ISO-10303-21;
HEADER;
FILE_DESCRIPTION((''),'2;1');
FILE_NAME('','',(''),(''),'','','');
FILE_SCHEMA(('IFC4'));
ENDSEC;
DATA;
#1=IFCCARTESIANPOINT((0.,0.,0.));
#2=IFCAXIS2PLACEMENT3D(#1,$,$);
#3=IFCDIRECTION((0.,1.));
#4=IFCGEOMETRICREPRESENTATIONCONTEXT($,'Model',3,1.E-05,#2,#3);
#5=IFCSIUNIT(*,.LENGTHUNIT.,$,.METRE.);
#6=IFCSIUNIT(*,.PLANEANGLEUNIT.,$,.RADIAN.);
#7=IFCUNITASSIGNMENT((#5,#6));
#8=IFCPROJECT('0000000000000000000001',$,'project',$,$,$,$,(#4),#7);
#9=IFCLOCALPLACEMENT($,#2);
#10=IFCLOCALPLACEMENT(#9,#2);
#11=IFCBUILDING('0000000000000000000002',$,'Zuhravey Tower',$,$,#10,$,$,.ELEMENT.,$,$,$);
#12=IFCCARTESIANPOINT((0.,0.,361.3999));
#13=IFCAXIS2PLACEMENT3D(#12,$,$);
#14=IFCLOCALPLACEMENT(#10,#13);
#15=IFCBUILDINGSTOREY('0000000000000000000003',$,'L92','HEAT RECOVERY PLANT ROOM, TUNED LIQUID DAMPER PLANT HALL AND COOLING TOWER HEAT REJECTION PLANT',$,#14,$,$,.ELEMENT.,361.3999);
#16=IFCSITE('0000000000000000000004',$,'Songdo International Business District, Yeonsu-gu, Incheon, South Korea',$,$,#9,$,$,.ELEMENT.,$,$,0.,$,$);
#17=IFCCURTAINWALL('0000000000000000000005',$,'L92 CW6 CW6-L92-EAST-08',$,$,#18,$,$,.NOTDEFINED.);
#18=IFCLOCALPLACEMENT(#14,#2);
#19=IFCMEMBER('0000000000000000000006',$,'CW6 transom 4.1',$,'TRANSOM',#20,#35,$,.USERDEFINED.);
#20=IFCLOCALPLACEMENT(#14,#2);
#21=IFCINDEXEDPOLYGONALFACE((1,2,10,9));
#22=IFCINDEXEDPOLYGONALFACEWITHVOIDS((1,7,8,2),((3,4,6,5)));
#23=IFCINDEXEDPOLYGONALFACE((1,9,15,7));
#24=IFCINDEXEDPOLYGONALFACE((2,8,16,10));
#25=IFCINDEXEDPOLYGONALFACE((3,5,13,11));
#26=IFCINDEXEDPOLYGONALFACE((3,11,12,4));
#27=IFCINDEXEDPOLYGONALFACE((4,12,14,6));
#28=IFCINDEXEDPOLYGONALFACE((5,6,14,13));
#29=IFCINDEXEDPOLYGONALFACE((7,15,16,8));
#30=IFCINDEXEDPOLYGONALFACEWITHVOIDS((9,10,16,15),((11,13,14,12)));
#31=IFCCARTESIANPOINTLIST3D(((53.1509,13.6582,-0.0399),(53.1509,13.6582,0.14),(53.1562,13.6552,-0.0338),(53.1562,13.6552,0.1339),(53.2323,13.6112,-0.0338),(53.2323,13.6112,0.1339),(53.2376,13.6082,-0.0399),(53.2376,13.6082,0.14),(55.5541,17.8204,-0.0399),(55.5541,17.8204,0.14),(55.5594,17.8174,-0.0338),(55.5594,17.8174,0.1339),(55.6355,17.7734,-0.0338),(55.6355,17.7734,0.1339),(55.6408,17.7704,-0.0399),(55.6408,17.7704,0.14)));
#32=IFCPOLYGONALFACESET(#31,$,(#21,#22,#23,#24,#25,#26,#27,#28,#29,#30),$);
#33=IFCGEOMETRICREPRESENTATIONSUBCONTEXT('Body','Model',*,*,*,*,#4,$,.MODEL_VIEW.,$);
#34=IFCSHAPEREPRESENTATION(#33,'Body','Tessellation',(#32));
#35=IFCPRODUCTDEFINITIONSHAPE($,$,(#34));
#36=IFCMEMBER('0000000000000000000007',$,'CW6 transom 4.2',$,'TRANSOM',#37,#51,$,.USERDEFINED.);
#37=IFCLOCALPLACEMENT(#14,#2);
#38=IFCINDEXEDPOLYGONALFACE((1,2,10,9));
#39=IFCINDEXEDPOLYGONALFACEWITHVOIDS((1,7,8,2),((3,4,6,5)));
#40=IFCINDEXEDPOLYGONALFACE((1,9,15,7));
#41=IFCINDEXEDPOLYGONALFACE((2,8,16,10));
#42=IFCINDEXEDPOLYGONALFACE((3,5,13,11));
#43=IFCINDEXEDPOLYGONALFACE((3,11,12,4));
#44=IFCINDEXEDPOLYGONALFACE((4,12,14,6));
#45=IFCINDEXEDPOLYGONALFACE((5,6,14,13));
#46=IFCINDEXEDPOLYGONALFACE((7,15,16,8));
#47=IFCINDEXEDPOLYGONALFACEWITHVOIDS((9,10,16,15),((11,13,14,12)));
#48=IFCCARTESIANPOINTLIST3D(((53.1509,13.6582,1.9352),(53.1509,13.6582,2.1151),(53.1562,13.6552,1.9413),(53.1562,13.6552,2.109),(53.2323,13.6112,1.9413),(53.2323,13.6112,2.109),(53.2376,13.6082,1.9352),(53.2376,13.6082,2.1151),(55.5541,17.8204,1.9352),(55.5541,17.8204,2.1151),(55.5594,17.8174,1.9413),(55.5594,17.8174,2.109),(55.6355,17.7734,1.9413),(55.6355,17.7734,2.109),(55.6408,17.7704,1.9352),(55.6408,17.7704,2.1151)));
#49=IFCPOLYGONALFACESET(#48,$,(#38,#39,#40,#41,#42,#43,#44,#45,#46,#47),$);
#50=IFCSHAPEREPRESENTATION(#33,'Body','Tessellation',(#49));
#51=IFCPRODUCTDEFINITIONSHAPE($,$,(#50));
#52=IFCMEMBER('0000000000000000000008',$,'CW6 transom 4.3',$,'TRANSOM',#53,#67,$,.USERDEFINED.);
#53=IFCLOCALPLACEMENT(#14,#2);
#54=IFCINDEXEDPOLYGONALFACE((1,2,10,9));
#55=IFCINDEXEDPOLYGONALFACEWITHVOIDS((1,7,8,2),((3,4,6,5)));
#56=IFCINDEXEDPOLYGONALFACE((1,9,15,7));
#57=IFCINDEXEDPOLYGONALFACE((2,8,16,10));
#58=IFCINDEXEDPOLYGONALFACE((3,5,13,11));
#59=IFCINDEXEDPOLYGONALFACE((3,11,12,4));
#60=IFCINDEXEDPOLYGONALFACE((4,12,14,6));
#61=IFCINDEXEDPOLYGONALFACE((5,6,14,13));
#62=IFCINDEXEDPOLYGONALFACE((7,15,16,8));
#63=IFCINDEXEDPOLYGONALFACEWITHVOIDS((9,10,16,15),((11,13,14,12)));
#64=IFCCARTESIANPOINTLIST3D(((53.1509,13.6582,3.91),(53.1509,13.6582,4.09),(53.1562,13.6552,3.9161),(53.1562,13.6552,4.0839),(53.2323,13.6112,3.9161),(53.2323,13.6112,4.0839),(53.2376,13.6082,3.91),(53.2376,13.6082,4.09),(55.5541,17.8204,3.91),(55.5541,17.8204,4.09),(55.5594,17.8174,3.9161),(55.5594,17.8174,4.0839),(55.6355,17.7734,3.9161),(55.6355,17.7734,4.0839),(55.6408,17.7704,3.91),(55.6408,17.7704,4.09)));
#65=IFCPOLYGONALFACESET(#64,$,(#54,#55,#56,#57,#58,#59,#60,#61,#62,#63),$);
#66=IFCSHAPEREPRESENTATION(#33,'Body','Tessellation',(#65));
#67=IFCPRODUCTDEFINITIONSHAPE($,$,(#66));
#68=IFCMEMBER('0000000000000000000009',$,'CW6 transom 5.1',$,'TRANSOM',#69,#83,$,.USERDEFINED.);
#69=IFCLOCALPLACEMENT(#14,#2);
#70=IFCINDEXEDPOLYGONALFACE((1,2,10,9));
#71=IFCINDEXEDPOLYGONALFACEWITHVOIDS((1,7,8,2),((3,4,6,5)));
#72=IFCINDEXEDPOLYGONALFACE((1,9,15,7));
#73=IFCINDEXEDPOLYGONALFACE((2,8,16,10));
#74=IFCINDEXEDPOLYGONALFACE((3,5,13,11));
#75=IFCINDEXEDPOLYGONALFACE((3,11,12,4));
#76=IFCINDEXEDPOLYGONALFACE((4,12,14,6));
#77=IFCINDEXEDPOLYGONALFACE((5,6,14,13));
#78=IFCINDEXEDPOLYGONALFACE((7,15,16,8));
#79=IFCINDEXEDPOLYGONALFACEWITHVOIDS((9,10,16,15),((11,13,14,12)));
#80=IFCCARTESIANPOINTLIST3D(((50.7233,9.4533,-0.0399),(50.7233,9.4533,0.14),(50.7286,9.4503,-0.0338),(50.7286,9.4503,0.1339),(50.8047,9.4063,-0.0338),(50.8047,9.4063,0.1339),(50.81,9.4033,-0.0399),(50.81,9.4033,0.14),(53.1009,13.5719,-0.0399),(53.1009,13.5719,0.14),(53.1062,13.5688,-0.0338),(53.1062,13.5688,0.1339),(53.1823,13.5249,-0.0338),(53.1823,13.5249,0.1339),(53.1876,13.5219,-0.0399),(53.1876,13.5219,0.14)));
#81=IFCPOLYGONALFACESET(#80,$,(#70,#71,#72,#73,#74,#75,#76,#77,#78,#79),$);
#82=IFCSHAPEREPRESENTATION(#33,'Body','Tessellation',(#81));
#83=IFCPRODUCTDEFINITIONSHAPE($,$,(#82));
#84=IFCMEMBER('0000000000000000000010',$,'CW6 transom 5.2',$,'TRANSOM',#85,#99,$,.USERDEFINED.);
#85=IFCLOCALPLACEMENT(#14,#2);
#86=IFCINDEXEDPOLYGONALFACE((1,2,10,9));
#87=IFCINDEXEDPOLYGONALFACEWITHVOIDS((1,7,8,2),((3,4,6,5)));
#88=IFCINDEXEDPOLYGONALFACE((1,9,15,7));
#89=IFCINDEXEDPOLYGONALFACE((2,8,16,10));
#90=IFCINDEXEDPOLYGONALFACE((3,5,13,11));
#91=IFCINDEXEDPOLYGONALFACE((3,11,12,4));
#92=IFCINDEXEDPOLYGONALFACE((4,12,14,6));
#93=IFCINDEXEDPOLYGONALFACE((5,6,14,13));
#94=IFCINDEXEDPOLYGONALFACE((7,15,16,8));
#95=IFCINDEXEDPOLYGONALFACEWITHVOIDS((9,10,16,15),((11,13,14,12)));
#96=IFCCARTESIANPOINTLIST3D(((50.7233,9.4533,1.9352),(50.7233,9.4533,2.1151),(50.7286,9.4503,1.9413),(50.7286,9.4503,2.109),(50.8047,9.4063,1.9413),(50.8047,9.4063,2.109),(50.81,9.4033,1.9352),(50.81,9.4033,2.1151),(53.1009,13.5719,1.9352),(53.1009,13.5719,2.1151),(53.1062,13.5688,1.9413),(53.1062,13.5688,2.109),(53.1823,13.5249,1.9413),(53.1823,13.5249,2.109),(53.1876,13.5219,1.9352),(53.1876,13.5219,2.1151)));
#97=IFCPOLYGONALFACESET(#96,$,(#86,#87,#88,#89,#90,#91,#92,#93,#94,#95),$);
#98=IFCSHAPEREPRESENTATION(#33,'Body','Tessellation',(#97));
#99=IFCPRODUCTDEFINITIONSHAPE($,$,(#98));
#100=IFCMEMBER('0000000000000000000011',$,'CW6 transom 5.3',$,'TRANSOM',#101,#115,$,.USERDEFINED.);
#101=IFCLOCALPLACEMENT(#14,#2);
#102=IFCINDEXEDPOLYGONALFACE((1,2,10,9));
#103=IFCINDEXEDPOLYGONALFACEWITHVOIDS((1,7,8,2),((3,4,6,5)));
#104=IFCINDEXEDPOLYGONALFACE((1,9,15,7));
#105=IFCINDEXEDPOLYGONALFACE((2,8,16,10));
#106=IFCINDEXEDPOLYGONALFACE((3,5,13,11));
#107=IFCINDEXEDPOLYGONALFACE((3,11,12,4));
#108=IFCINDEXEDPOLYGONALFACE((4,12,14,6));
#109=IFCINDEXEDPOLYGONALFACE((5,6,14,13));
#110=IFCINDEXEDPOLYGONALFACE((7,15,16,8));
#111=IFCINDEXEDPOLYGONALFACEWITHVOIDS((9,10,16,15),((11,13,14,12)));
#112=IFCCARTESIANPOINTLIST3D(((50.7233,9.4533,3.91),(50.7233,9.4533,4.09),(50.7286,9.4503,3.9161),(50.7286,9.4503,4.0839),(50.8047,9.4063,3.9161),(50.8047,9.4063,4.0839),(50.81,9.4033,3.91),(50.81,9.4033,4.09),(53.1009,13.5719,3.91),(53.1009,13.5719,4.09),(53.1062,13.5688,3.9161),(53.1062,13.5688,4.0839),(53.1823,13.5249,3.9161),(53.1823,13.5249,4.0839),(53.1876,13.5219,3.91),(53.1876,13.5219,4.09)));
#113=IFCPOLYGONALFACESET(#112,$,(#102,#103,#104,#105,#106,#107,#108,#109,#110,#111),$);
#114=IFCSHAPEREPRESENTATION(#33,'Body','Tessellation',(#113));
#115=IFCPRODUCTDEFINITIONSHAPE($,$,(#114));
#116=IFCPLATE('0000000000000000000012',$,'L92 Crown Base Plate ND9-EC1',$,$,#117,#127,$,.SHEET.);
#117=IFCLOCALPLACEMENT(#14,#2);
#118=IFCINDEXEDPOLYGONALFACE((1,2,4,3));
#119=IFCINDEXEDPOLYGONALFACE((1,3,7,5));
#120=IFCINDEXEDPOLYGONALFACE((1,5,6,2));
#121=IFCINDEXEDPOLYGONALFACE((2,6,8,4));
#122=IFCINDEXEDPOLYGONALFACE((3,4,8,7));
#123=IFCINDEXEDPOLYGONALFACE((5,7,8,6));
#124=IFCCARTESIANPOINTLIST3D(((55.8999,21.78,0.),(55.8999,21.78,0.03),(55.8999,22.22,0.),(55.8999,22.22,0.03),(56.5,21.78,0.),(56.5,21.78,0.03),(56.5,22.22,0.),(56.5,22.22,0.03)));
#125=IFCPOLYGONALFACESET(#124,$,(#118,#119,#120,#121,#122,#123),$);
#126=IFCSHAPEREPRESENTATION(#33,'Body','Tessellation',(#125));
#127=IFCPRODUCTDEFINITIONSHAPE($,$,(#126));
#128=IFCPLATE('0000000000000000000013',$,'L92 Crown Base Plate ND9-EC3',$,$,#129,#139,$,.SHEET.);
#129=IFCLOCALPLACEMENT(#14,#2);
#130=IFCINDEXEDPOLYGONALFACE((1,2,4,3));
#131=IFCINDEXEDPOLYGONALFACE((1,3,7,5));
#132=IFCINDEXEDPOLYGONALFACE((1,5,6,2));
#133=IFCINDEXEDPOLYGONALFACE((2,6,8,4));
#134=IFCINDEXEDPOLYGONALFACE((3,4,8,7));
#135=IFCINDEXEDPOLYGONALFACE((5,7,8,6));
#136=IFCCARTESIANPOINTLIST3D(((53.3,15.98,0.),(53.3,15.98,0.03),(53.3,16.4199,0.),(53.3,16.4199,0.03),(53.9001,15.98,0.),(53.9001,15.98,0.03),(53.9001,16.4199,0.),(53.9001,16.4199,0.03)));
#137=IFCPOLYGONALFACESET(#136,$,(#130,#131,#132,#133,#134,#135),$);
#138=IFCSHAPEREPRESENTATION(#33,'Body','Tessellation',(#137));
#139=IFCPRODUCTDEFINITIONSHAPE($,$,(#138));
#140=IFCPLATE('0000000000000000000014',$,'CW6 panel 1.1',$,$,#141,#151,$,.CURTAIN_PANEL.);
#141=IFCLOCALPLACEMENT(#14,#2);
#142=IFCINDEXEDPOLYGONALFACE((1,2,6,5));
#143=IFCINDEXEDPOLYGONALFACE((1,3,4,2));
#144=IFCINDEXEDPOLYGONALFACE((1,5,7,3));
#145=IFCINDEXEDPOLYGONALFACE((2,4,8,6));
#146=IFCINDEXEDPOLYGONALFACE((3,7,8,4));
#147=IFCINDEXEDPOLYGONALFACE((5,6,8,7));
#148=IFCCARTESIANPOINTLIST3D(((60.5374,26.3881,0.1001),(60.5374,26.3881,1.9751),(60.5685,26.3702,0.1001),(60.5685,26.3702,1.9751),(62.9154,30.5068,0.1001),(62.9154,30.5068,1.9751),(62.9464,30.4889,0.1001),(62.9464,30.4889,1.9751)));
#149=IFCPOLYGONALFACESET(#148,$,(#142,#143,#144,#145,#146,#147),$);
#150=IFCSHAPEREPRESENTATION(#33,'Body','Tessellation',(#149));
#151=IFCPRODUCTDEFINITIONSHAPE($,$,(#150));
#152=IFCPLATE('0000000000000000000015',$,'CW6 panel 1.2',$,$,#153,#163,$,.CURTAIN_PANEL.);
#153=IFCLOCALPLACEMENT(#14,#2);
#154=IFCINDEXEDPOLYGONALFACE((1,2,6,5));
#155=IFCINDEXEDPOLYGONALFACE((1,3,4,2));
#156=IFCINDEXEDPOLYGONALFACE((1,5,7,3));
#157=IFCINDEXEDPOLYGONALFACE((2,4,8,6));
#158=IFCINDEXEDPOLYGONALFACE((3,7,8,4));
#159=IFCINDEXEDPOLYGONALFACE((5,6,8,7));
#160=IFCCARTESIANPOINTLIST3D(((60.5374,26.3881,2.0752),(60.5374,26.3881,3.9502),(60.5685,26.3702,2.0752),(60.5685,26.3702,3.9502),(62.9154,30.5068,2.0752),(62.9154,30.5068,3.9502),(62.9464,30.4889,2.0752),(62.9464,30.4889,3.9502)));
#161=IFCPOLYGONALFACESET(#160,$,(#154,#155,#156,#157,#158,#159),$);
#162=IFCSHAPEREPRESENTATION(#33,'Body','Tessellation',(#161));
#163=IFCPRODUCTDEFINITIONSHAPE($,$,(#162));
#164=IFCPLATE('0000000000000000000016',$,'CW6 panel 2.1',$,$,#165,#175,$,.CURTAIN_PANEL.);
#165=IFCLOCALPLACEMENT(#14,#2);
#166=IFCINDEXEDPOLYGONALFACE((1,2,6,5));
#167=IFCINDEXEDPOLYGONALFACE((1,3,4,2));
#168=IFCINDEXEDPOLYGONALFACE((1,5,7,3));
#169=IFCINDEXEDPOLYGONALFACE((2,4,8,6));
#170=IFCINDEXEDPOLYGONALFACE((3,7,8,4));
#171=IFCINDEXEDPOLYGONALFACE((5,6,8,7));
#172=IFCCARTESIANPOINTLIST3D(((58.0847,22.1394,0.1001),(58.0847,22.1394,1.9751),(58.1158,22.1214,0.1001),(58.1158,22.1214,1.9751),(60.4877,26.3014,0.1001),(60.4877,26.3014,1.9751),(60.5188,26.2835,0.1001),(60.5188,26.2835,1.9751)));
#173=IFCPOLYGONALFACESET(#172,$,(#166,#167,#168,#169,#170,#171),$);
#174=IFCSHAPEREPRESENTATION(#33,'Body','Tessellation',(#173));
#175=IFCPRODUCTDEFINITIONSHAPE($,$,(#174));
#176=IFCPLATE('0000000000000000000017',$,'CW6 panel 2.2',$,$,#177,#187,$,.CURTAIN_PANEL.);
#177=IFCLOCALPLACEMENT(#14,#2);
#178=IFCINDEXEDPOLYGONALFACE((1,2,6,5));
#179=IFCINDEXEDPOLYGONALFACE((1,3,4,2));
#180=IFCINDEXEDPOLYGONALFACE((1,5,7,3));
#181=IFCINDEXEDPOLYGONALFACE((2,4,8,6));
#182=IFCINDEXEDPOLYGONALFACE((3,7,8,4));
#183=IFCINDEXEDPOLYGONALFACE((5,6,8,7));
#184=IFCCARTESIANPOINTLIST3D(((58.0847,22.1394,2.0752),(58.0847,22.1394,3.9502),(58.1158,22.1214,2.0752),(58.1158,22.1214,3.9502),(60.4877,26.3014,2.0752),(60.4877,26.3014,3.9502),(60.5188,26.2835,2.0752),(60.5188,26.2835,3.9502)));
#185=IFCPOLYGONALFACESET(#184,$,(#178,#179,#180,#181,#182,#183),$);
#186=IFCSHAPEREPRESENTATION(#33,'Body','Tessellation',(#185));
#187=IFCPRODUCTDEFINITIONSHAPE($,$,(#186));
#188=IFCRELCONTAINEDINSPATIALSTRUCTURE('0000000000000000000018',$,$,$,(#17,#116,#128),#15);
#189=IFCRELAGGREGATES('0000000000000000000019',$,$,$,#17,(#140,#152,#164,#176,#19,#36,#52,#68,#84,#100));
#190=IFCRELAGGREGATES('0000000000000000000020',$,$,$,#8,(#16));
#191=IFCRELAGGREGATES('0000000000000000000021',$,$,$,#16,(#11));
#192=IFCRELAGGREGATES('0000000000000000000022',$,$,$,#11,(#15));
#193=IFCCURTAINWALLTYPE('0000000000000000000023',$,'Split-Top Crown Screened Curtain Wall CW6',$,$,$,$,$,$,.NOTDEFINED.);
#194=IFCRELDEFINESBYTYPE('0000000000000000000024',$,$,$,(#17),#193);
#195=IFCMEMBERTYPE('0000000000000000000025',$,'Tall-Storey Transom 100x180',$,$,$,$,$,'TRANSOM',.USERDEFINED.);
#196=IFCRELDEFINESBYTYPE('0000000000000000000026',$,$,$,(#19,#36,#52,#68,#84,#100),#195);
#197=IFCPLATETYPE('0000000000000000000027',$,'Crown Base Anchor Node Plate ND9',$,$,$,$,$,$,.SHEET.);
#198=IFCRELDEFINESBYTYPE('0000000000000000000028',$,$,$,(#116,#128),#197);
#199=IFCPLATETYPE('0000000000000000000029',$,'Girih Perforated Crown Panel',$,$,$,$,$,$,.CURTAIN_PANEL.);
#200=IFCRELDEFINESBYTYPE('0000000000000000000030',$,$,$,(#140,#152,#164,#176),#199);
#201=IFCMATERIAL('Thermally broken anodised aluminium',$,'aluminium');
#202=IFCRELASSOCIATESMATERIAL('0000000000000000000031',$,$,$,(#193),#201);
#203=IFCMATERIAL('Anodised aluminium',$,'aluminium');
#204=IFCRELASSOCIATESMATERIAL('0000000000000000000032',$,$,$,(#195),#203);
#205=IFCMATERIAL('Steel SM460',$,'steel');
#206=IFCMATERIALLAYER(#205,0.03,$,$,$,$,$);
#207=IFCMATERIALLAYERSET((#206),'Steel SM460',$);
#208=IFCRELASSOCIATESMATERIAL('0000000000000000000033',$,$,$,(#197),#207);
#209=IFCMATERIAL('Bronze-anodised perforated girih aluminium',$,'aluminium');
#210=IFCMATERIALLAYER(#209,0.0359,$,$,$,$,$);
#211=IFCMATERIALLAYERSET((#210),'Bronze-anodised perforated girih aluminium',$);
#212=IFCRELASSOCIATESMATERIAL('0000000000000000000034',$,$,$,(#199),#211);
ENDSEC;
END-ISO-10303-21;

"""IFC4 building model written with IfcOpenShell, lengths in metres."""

from ifc_helpers import new_model, si_unit, direction, frame, origin, origin_2d, place, context, subcontext, project, spatial, rectangle, hollow_rectangle, extrude, material, layer, layer_set, material_profile, profile_set, type_object, element, aggregate, save


model = new_model("IFC4")

# Units and contexts
model_context = context("Model", 3, precision=1e-05, world=origin(), true_north=direction((0.0, 1.0)))
body_context = subcontext(model_context, "Body", "Model", "MODEL_VIEW")
ifc_project = project(units=[si_unit("LENGTHUNIT", "METRE"), si_unit("PLANEANGLEUNIT", "RADIAN")], contexts=[model_context])

# Site, building, storey
site_placement = place(None, origin())
site = spatial("IfcSite", under=ifc_project, at=site_placement, Name="Songdo International Business District, Yeonsu-gu, Incheon, South Korea", CompositionType="ELEMENT", RefElevation=0.0)
building_placement = place(site_placement, origin())
building = spatial("IfcBuilding", under=site, at=building_placement, Name="Zuhravey Tower", CompositionType="ELEMENT")
storey_placement = place(building_placement, frame((0.0, 0.0, 361.3999)))
storey = spatial("IfcBuildingStorey", under=building, at=storey_placement, Name="L92", Description="HEAT RECOVERY PLANT ROOM, TUNED LIQUID DAMPER PLANT HALL AND COOLING TOWER HEAT REJECTION PLANT", CompositionType="ELEMENT", Elevation=361.3999)

# Curtain wall
ifc_material_1 = material(Name="Thermally broken anodised aluminium", Category="aluminium")
curtain_wall_type = type_object("IfcCurtainWallType", Name="Split-Top Crown Screened Curtain Wall CW6", PredefinedType="NOTDEFINED", material=ifc_material_1)
curtain_wall_placement = place(storey_placement, origin())
curtain_wall = element("IfcCurtainWall", 1, at=curtain_wall_placement, inside=storey, type_object=curtain_wall_type, Name="L92 CW6 CW6-L92-EAST-08", PredefinedType="NOTDEFINED")
ifc_material_2 = material(Name="Anodised aluminium", Category="aluminium")

# Members
ifc_material_profile_1 = material_profile(ifc_material_2, hollow_rectangle(XDim=0.1001, YDim=0.1799, WallThickness=0.0061, at=origin_2d()), Name="ALU-RHS-100x180x6")
ifc_profile_set_1 = profile_set([ifc_material_profile_1], Name="Anodised aluminium")
member_type_1 = type_object("IfcMemberType", Name="Tall-Storey Transom 100x180", ElementType="TRANSOM", PredefinedType="USERDEFINED", material=ifc_profile_set_1)
member_1_placement = place(storey_placement, frame((55.5974, 17.7954, 0.05), z_axis=(-0.500013, -0.866018, 0.0), x_axis=(0.866018, -0.500013, 0.0)))
member_1 = element("IfcMember", 2, at=member_1_placement, type_object=member_type_1, Name="CW6 transom 4.1", ObjectType="TRANSOM", PredefinedType="USERDEFINED", context=body_context, shape_type="SweptSolid", body=[
    extrude(hollow_rectangle(XDim=0.1001, YDim=0.1799, WallThickness=0.0061, at=origin_2d()), origin(), (0.0, 0.0, 1.0), 4.8062),
])
member_2_placement = place(storey_placement, frame((55.5974, 17.7954, 2.0251), z_axis=(-0.500013, -0.866018, 0.0), x_axis=(0.866018, -0.500013, 0.0)))
member_2 = element("IfcMember", 3, at=member_2_placement, type_object=member_type_1, Name="CW6 transom 4.2", ObjectType="TRANSOM", PredefinedType="USERDEFINED", context=body_context, shape_type="SweptSolid", body=[
    extrude(hollow_rectangle(XDim=0.1001, YDim=0.1799, WallThickness=0.0061, at=origin_2d()), origin(), (0.0, 0.0, 1.0), 4.8062),
])
member_3_placement = place(storey_placement, frame((55.5974, 17.7954, 4.0), z_axis=(-0.500013, -0.866018, 0.0), x_axis=(0.866018, -0.500013, 0.0)))
member_3 = element("IfcMember", 4, at=member_3_placement, type_object=member_type_1, Name="CW6 transom 4.3", ObjectType="TRANSOM", PredefinedType="USERDEFINED", context=body_context, shape_type="SweptSolid", body=[
    extrude(hollow_rectangle(XDim=0.1001, YDim=0.1799, WallThickness=0.0061, at=origin_2d()), origin(), (0.0, 0.0, 1.0), 4.8062),
])
member_4_placement = place(storey_placement, frame((53.1443, 13.5469, 0.05), z_axis=(-0.499965, -0.866045, 0.0), x_axis=(0.866045, -0.499965, 0.0)))
member_4 = element("IfcMember", 5, at=member_4_placement, type_object=member_type_1, Name="CW6 transom 5.1", ObjectType="TRANSOM", PredefinedType="USERDEFINED", context=body_context, shape_type="SweptSolid", body=[
    extrude(hollow_rectangle(XDim=0.1001, YDim=0.1799, WallThickness=0.0061, at=origin_2d()), origin(), (0.0, 0.0, 1.0), 4.7556),
])
member_5_placement = place(storey_placement, frame((53.1443, 13.5469, 2.0251), z_axis=(-0.499965, -0.866045, 0.0), x_axis=(0.866045, -0.499965, 0.0)))
member_5 = element("IfcMember", 6, at=member_5_placement, type_object=member_type_1, Name="CW6 transom 5.2", ObjectType="TRANSOM", PredefinedType="USERDEFINED", context=body_context, shape_type="SweptSolid", body=[
    extrude(hollow_rectangle(XDim=0.1001, YDim=0.1799, WallThickness=0.0061, at=origin_2d()), origin(), (0.0, 0.0, 1.0), 4.7556),
])
member_6_placement = place(storey_placement, frame((53.1443, 13.5469, 4.0), z_axis=(-0.499965, -0.866045, 0.0), x_axis=(0.866045, -0.499965, 0.0)))
member_6 = element("IfcMember", 7, at=member_6_placement, type_object=member_type_1, Name="CW6 transom 5.3", ObjectType="TRANSOM", PredefinedType="USERDEFINED", context=body_context, shape_type="SweptSolid", body=[
    extrude(hollow_rectangle(XDim=0.1001, YDim=0.1799, WallThickness=0.0061, at=origin_2d()), origin(), (0.0, 0.0, 1.0), 4.7556),
])

# Plates
ifc_material_3 = material(Name="Steel SM460", Category="steel")
ifc_layer_1 = layer(ifc_material_3, 0.03)
ifc_layer_set_1 = layer_set([ifc_layer_1], Name="Steel SM460")
plate_type_1 = type_object("IfcPlateType", Name="Crown Base Anchor Node Plate ND9", PredefinedType="SHEET", material=ifc_layer_set_1)
for number, where, z_axis, x_axis, name in (
    (8, (56.2, 22.0, 0.0), (0.0, 0.0, 1.0), (1.0, 0.0, 0.0), "L92 Crown Base Plate ND9-EC1"),
    (9, (53.6001, 16.2, 0.0), (0.0, 0.0, 1.0), (1.0, 0.0, 0.0), "L92 Crown Base Plate ND9-EC3"),
):
    element("IfcPlate", number, at=place(storey_placement, frame(where, z_axis=z_axis, x_axis=x_axis)), inside=storey, type_object=plate_type_1, Name=name, PredefinedType="SHEET", context=body_context, shape_type="SweptSolid", body=[
        extrude(rectangle(XDim=0.6001, YDim=0.4399, at=origin_2d()), origin(), (0.0, 0.0, 1.0), 0.03),
    ])

# Plates
ifc_material_4 = material(Name="Bronze-anodised perforated girih aluminium", Category="aluminium")
ifc_layer_2 = layer(ifc_material_4, 0.0359)
ifc_layer_set_2 = layer_set([ifc_layer_2], Name="Bronze-anodised perforated girih aluminium")
plate_type_2 = type_object("IfcPlateType", Name="Girih Perforated Crown Panel", PredefinedType="CURTAIN_PANEL", material=ifc_layer_set_2)
plate_1_placement = place(storey_placement, frame((61.7419, 28.4385, 0.1001), z_axis=(0.0, 0.0, 1.0), x_axis=(-0.499997, -0.866027, 0.0)))
plate_1 = element("IfcPlate", 10, at=plate_1_placement, type_object=plate_type_2, Name="CW6 panel 1.1", PredefinedType="CURTAIN_PANEL", context=body_context, shape_type="SweptSolid", body=[
    extrude(rectangle(XDim=4.7559, YDim=0.0359, at=origin_2d()), origin(), (0.0, 0.0, 1.0), 1.875),
])
plate_2_placement = place(storey_placement, frame((61.7419, 28.4385, 2.0752), z_axis=(0.0, 0.0, 1.0), x_axis=(-0.499997, -0.866027, 0.0)))
plate_2 = element("IfcPlate", 11, at=plate_2_placement, type_object=plate_type_2, Name="CW6 panel 1.2", PredefinedType="CURTAIN_PANEL", context=body_context, shape_type="SweptSolid", body=[
    extrude(rectangle(XDim=4.7559, YDim=0.0359, at=origin_2d()), origin(), (0.0, 0.0, 1.0), 1.875),
])
plate_3_placement = place(storey_placement, frame((59.3018, 24.2114, 0.1001), z_axis=(0.0, 0.0, 1.0), x_axis=(-0.499997, -0.866027, 0.0)))
plate_3 = element("IfcPlate", 12, at=plate_3_placement, type_object=plate_type_2, Name="CW6 panel 2.1", PredefinedType="CURTAIN_PANEL", context=body_context, shape_type="SweptSolid", body=[
    extrude(rectangle(XDim=4.8059, YDim=0.0359, at=origin_2d()), origin(), (0.0, 0.0, 1.0), 1.875),
])
plate_4_placement = place(storey_placement, frame((59.3018, 24.2114, 2.0752), z_axis=(0.0, 0.0, 1.0), x_axis=(-0.499997, -0.866027, 0.0)))
plate_4 = element("IfcPlate", 13, at=plate_4_placement, type_object=plate_type_2, Name="CW6 panel 2.2", PredefinedType="CURTAIN_PANEL", context=body_context, shape_type="SweptSolid", body=[
    extrude(rectangle(XDim=4.8059, YDim=0.0359, at=origin_2d()), origin(), (0.0, 0.0, 1.0), 1.875),
])
aggregate(curtain_wall, [plate_1, plate_2, plate_3, plate_4, member_1, member_2, member_3, member_4, member_5, member_6])

save(model, "model.ifc")
